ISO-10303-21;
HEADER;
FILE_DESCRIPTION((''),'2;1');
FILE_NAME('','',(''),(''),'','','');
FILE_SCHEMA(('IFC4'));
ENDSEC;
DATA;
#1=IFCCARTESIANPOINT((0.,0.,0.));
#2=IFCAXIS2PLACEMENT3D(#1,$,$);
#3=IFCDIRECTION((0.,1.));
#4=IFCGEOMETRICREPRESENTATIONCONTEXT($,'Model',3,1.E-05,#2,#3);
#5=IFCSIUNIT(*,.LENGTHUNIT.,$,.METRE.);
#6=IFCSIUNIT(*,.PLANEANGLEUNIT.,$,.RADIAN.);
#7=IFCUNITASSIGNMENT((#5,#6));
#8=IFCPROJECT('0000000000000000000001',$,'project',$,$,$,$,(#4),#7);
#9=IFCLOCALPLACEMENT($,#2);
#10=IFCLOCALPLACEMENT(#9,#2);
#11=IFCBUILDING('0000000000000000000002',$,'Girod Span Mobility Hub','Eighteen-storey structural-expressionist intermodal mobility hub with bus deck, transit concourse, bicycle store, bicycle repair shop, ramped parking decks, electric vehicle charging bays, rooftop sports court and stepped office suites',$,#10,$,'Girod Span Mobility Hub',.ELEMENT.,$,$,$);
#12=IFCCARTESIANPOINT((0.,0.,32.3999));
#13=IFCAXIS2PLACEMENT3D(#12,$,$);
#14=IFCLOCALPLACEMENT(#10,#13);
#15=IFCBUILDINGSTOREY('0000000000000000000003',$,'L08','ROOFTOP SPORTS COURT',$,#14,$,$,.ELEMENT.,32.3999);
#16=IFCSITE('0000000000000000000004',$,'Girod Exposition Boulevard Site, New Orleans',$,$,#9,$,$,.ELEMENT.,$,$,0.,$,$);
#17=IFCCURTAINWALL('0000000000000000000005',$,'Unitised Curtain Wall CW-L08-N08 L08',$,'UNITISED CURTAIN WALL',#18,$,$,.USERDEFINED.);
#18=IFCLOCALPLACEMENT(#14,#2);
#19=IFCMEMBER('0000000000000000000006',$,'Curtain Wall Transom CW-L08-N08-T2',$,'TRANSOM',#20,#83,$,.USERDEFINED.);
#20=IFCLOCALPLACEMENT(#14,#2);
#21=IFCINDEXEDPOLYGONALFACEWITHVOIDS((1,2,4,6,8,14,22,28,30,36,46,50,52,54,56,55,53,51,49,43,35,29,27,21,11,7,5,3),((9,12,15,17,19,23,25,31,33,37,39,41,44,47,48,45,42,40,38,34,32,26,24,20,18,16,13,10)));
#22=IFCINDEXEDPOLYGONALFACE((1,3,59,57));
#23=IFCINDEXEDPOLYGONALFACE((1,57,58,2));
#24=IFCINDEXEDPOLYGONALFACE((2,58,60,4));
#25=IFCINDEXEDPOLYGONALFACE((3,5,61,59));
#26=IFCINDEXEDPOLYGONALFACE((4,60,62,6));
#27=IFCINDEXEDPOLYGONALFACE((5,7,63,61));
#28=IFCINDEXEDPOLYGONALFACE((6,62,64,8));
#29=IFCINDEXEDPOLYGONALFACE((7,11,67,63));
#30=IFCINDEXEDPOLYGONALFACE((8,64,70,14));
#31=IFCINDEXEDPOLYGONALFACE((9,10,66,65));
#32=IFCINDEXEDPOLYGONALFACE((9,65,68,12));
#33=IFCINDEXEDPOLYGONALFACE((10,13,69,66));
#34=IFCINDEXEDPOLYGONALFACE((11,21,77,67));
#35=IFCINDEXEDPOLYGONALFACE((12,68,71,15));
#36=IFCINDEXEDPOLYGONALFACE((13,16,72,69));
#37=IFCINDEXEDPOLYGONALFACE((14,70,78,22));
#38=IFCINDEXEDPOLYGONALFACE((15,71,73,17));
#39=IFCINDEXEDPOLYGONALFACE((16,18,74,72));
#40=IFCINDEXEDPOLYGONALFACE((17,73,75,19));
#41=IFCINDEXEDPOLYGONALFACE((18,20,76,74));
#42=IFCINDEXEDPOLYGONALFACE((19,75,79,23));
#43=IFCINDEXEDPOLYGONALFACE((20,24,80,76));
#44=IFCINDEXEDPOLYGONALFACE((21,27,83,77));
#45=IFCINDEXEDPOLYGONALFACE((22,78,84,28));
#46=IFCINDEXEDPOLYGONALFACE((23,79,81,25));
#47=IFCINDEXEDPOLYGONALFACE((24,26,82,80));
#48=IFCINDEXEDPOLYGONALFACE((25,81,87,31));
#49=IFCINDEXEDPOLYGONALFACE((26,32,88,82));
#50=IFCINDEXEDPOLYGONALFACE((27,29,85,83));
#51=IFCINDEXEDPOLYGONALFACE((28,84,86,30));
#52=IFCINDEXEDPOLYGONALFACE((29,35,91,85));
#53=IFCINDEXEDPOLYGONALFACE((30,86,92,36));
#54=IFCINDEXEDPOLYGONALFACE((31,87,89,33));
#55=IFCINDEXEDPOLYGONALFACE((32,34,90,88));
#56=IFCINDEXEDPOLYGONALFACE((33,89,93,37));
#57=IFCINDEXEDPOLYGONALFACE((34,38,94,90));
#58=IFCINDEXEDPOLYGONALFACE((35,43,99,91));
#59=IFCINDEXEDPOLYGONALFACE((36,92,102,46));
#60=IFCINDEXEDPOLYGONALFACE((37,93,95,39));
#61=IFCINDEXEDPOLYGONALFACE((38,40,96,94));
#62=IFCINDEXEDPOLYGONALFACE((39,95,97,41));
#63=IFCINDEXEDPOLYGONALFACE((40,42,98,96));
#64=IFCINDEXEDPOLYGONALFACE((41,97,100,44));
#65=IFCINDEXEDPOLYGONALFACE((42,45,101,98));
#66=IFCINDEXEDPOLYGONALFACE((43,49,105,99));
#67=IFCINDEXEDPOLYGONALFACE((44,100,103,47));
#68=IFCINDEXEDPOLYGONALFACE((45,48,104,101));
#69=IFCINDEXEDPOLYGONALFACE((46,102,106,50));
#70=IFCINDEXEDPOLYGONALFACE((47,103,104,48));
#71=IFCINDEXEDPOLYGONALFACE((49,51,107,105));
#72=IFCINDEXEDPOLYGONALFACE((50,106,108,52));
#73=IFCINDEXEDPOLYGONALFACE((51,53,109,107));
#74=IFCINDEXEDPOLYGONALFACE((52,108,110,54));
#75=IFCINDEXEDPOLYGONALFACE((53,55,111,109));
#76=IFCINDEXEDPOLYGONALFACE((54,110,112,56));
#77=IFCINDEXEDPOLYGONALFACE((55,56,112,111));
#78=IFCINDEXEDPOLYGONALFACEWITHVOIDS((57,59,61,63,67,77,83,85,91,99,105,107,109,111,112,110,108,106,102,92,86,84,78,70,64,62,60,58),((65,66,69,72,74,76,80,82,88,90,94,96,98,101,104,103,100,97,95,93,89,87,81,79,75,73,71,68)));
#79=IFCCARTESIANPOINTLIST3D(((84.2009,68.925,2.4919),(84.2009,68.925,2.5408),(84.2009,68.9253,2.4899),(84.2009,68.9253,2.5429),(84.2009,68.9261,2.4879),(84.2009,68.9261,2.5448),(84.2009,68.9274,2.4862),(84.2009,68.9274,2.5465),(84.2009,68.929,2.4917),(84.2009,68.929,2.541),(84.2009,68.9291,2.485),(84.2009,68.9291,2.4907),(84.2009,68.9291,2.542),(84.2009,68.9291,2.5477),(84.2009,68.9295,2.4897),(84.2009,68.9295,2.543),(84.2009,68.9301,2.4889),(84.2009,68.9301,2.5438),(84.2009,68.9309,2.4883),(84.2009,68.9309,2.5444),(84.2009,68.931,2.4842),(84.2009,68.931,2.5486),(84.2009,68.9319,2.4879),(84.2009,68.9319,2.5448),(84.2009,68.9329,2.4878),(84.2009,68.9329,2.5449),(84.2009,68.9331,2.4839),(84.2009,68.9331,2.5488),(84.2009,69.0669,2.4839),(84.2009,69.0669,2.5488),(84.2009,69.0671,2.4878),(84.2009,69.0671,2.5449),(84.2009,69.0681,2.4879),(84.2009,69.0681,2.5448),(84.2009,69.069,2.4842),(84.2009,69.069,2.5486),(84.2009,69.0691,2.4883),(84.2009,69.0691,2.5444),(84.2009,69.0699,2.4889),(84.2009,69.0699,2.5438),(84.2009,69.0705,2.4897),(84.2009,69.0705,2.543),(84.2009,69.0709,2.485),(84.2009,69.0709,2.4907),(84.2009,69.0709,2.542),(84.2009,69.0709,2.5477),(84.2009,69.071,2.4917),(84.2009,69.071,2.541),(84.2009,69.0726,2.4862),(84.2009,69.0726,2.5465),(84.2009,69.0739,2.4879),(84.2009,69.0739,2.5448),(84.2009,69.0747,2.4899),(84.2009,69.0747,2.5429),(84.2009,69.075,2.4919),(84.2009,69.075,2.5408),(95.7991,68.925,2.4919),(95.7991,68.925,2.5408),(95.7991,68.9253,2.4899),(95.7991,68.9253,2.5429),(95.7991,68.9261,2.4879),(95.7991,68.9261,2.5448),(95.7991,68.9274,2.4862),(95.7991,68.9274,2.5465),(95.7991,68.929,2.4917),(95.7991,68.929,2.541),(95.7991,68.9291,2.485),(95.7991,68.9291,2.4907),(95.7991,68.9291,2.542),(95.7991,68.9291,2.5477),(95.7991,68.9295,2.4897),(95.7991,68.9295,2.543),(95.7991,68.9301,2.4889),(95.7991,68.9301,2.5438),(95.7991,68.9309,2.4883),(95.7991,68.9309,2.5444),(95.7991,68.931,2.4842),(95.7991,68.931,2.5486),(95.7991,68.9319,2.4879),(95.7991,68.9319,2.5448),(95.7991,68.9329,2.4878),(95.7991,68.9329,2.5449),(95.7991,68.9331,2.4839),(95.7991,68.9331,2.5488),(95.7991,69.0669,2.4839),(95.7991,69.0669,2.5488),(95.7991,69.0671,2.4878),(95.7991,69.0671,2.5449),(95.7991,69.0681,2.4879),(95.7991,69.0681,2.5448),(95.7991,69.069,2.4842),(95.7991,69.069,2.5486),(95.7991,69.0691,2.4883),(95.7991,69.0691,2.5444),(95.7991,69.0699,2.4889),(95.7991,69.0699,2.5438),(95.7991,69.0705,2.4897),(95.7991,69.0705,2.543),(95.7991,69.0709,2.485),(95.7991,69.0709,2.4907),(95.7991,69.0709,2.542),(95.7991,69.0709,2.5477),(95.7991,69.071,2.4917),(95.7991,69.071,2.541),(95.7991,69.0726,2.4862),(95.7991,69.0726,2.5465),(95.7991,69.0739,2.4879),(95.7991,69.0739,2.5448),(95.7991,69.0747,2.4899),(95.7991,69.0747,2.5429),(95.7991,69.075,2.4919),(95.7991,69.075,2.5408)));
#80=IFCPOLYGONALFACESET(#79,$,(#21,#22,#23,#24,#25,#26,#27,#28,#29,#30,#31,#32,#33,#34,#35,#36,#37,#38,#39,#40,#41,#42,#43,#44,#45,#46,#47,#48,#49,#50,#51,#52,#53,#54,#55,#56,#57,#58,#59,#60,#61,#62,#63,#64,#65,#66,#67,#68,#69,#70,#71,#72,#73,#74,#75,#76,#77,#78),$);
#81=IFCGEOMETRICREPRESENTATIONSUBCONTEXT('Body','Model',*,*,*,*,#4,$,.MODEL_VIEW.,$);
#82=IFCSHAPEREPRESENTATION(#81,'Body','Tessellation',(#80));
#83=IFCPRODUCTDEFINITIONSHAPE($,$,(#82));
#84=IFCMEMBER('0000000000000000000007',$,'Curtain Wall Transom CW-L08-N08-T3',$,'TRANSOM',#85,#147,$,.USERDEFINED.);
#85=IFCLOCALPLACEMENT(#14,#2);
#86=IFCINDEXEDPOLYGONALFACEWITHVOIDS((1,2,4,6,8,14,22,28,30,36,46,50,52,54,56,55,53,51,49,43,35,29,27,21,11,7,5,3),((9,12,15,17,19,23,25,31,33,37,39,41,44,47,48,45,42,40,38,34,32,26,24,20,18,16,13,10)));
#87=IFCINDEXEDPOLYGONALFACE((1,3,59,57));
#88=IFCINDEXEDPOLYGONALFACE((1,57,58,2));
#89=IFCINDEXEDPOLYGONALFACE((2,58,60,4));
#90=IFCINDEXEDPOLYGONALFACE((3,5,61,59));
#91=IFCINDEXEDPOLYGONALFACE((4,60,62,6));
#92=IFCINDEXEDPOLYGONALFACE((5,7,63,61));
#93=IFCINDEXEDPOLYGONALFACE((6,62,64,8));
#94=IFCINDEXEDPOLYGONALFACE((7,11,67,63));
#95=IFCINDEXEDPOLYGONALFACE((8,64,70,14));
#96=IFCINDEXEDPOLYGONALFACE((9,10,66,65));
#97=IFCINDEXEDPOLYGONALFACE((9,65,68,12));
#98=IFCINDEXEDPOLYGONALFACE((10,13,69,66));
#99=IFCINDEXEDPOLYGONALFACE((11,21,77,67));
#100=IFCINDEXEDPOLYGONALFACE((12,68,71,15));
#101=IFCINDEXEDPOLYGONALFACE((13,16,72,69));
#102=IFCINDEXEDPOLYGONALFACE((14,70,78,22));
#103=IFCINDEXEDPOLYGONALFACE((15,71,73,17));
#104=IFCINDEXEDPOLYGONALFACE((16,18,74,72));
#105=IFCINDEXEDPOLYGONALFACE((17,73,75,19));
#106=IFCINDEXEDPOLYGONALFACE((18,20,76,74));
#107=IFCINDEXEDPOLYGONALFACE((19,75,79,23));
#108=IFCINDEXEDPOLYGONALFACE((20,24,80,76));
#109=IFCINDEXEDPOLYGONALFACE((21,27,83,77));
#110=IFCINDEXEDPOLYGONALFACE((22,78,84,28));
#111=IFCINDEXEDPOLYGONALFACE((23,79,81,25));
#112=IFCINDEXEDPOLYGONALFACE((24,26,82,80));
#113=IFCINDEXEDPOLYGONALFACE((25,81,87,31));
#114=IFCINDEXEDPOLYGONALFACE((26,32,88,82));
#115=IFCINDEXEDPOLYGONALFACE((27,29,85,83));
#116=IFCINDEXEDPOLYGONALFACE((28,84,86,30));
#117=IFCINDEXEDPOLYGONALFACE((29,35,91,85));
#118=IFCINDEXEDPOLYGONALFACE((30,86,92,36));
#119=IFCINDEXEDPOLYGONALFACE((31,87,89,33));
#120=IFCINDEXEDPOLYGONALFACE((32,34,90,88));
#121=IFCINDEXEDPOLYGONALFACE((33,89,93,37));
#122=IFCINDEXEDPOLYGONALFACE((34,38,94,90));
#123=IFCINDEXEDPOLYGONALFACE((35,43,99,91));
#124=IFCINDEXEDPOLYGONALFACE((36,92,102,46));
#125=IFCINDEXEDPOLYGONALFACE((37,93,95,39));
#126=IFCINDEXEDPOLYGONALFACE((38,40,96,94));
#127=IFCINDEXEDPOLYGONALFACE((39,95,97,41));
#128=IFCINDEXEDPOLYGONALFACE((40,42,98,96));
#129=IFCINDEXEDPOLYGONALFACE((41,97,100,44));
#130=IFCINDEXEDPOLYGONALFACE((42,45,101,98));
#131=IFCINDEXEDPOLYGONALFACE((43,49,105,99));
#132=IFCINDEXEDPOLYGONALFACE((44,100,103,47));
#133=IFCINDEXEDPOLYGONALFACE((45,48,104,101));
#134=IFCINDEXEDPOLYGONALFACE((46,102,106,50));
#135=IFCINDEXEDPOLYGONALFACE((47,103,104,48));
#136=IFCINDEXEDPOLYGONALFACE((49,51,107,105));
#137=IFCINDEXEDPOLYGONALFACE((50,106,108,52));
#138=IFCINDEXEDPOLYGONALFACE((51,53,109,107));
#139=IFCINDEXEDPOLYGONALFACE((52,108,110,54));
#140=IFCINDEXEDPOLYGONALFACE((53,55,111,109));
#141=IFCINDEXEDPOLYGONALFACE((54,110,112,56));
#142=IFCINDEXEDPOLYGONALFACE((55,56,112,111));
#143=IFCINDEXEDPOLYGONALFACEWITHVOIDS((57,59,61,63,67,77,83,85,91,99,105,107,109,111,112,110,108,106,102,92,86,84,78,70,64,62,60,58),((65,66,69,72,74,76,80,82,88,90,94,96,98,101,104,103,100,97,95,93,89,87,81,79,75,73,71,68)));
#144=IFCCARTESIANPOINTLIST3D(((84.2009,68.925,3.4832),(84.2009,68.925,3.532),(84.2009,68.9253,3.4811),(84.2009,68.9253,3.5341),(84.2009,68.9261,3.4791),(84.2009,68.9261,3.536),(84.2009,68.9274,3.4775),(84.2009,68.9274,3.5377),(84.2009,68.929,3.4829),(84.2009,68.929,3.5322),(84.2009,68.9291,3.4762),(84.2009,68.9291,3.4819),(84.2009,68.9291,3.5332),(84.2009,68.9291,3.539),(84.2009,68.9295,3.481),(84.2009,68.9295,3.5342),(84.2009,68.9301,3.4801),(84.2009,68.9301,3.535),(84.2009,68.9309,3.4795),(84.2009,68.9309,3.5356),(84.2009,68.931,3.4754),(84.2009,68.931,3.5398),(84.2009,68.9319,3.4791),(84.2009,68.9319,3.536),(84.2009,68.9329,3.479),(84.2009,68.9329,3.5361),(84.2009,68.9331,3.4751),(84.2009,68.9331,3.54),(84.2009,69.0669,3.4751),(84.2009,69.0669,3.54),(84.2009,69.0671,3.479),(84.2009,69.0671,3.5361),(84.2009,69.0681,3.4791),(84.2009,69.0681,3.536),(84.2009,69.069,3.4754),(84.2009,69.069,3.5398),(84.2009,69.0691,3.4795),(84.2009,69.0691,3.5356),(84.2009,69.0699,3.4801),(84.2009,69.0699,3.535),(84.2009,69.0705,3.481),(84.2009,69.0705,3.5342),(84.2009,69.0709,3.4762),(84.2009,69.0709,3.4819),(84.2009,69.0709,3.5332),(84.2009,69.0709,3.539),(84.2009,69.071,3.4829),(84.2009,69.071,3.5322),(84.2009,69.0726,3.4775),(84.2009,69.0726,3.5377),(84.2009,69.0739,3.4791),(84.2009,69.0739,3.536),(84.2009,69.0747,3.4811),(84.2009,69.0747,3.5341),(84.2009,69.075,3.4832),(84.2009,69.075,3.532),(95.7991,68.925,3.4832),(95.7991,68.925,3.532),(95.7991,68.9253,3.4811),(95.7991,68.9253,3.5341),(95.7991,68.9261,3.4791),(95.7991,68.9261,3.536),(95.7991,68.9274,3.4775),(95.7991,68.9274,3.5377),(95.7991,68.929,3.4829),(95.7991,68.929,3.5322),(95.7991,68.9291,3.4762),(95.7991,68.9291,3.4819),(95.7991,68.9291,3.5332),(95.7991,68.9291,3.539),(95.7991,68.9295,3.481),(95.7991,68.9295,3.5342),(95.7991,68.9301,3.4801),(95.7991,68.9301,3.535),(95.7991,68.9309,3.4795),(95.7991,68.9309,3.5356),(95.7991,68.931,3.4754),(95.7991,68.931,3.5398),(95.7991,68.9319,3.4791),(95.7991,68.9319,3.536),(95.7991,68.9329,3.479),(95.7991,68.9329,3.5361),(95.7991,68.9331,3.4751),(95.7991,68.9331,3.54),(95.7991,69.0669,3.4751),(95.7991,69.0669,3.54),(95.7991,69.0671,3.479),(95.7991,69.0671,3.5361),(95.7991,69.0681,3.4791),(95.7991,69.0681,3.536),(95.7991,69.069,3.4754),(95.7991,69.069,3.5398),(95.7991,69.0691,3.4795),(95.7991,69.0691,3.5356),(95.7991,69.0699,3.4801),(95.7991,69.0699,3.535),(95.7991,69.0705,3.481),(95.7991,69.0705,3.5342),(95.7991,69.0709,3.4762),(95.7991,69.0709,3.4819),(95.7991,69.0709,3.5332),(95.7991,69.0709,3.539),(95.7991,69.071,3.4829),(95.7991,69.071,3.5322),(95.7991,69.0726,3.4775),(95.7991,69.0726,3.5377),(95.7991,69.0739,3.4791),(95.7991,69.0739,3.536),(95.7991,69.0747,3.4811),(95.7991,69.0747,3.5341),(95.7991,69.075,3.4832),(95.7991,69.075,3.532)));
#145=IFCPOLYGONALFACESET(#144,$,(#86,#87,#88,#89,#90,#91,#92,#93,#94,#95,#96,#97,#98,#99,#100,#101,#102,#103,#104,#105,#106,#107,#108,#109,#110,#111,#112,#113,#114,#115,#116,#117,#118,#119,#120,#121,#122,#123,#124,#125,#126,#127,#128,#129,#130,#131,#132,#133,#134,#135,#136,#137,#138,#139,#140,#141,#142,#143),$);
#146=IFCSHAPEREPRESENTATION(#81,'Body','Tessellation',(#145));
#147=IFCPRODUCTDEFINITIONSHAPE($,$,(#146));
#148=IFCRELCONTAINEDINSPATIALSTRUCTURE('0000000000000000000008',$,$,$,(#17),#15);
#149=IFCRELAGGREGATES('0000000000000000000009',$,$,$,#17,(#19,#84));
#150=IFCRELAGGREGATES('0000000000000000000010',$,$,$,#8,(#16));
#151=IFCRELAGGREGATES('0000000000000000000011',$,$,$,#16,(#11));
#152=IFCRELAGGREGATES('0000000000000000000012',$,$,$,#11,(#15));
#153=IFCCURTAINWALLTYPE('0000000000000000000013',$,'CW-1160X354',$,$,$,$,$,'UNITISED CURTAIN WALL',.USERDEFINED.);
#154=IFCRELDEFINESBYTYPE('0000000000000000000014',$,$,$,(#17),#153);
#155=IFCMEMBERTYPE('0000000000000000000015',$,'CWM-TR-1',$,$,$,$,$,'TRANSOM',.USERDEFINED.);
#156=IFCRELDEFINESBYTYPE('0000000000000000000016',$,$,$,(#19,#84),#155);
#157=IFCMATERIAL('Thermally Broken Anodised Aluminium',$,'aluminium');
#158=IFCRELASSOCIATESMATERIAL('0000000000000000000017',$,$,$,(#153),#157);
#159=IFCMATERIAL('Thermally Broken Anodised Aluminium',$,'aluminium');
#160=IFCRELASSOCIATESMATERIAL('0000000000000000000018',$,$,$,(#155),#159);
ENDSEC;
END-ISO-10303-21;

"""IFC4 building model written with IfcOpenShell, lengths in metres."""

from ifc_helpers import new_model, si_unit, direction, frame, origin, origin_2d, place, context, subcontext, project, spatial, hollow_rectangle, extrude, material, material_profile, profile_set, type_object, element, aggregate, save


model = new_model("IFC4")

# Units and contexts
model_context = context("Model", 3, precision=1e-05, world=origin(), true_north=direction((0.0, 1.0)))
body_context = subcontext(model_context, "Body", "Model", "MODEL_VIEW")
ifc_project = project(units=[si_unit("LENGTHUNIT", "METRE"), si_unit("PLANEANGLEUNIT", "RADIAN")], contexts=[model_context])

# Site, building, storey
site_placement = place(None, origin())
site = spatial("IfcSite", under=ifc_project, at=site_placement, Name="Girod Exposition Boulevard Site, New Orleans", CompositionType="ELEMENT", RefElevation=0.0)
building_placement = place(site_placement, origin())
building = spatial("IfcBuilding", under=site, at=building_placement, Name="Girod Span Mobility Hub", Description="Eighteen-storey structural-expressionist intermodal mobility hub with bus deck, transit concourse, bicycle store, bicycle repair shop, ramped parking decks, electric vehicle charging bays, rooftop sports court and stepped office suites", LongName="Girod Span Mobility Hub", CompositionType="ELEMENT")
storey_placement = place(building_placement, frame((0.0, 0.0, 32.3999)))
storey = spatial("IfcBuildingStorey", under=building, at=storey_placement, Name="L08", Description="ROOFTOP SPORTS COURT", CompositionType="ELEMENT", Elevation=32.3999)

# Curtain wall, members
ifc_material_1 = material(Name="Thermally Broken Anodised Aluminium", Category="aluminium")
curtain_wall_type = type_object("IfcCurtainWallType", Name="CW-1160X354", ElementType="UNITISED CURTAIN WALL", PredefinedType="USERDEFINED", material=ifc_material_1)
curtain_wall_1_placement = place(storey_placement, origin())
curtain_wall_1 = element("IfcCurtainWall", 1, at=curtain_wall_1_placement, inside=storey, type_object=curtain_wall_type, Name="Unitised Curtain Wall CW-L08-N08 L08", ObjectType="UNITISED CURTAIN WALL", PredefinedType="USERDEFINED")
ifc_material_2 = material(Name="Thermally Broken Anodised Aluminium", Category="aluminium")
ifc_material_profile_1 = material_profile(ifc_material_2, hollow_rectangle(XDim=0.1499, YDim=0.0649, WallThickness=0.0039, InnerFilletRadius=0.0039, OuterFilletRadius=0.0081, at=origin_2d()), Name="CW-TR-65X150")
ifc_profile_set_1 = profile_set([ifc_material_profile_1], Name="Thermally Broken Anodised Aluminium")
member_type_1 = type_object("IfcMemberType", Name="CWM-TR-1", ElementType="TRANSOM", PredefinedType="USERDEFINED", material=ifc_profile_set_1)
member_1_placement = place(storey_placement, frame((84.2009, 69.0, 2.5164), z_axis=(1.0, 0.0, 0.0), x_axis=(0.0, 1.0, 0.0)))
member_1 = element("IfcMember", 2, at=member_1_placement, type_object=member_type_1, Name="Curtain Wall Transom CW-L08-N08-T2", ObjectType="TRANSOM", PredefinedType="USERDEFINED", context=body_context, shape_type="SweptSolid", body=[
    extrude(hollow_rectangle(XDim=0.1499, YDim=0.0649, WallThickness=0.0039, InnerFilletRadius=0.0039, OuterFilletRadius=0.0081, at=origin_2d()), origin(), (0.0, 0.0, 1.0), 11.5981),
])
member_2_placement = place(storey_placement, frame((84.2009, 69.0, 3.5076), z_axis=(1.0, 0.0, 0.0), x_axis=(0.0, 1.0, 0.0)))
member_2 = element("IfcMember", 3, at=member_2_placement, type_object=member_type_1, Name="Curtain Wall Transom CW-L08-N08-T3", ObjectType="TRANSOM", PredefinedType="USERDEFINED", context=body_context, shape_type="SweptSolid", body=[
    extrude(hollow_rectangle(XDim=0.1499, YDim=0.0649, WallThickness=0.0039, InnerFilletRadius=0.0039, OuterFilletRadius=0.0081, at=origin_2d()), origin(), (0.0, 0.0, 1.0), 11.5981),
])

aggregate(curtain_wall_1, [member_1, member_2])

save(model, "model.ifc")
